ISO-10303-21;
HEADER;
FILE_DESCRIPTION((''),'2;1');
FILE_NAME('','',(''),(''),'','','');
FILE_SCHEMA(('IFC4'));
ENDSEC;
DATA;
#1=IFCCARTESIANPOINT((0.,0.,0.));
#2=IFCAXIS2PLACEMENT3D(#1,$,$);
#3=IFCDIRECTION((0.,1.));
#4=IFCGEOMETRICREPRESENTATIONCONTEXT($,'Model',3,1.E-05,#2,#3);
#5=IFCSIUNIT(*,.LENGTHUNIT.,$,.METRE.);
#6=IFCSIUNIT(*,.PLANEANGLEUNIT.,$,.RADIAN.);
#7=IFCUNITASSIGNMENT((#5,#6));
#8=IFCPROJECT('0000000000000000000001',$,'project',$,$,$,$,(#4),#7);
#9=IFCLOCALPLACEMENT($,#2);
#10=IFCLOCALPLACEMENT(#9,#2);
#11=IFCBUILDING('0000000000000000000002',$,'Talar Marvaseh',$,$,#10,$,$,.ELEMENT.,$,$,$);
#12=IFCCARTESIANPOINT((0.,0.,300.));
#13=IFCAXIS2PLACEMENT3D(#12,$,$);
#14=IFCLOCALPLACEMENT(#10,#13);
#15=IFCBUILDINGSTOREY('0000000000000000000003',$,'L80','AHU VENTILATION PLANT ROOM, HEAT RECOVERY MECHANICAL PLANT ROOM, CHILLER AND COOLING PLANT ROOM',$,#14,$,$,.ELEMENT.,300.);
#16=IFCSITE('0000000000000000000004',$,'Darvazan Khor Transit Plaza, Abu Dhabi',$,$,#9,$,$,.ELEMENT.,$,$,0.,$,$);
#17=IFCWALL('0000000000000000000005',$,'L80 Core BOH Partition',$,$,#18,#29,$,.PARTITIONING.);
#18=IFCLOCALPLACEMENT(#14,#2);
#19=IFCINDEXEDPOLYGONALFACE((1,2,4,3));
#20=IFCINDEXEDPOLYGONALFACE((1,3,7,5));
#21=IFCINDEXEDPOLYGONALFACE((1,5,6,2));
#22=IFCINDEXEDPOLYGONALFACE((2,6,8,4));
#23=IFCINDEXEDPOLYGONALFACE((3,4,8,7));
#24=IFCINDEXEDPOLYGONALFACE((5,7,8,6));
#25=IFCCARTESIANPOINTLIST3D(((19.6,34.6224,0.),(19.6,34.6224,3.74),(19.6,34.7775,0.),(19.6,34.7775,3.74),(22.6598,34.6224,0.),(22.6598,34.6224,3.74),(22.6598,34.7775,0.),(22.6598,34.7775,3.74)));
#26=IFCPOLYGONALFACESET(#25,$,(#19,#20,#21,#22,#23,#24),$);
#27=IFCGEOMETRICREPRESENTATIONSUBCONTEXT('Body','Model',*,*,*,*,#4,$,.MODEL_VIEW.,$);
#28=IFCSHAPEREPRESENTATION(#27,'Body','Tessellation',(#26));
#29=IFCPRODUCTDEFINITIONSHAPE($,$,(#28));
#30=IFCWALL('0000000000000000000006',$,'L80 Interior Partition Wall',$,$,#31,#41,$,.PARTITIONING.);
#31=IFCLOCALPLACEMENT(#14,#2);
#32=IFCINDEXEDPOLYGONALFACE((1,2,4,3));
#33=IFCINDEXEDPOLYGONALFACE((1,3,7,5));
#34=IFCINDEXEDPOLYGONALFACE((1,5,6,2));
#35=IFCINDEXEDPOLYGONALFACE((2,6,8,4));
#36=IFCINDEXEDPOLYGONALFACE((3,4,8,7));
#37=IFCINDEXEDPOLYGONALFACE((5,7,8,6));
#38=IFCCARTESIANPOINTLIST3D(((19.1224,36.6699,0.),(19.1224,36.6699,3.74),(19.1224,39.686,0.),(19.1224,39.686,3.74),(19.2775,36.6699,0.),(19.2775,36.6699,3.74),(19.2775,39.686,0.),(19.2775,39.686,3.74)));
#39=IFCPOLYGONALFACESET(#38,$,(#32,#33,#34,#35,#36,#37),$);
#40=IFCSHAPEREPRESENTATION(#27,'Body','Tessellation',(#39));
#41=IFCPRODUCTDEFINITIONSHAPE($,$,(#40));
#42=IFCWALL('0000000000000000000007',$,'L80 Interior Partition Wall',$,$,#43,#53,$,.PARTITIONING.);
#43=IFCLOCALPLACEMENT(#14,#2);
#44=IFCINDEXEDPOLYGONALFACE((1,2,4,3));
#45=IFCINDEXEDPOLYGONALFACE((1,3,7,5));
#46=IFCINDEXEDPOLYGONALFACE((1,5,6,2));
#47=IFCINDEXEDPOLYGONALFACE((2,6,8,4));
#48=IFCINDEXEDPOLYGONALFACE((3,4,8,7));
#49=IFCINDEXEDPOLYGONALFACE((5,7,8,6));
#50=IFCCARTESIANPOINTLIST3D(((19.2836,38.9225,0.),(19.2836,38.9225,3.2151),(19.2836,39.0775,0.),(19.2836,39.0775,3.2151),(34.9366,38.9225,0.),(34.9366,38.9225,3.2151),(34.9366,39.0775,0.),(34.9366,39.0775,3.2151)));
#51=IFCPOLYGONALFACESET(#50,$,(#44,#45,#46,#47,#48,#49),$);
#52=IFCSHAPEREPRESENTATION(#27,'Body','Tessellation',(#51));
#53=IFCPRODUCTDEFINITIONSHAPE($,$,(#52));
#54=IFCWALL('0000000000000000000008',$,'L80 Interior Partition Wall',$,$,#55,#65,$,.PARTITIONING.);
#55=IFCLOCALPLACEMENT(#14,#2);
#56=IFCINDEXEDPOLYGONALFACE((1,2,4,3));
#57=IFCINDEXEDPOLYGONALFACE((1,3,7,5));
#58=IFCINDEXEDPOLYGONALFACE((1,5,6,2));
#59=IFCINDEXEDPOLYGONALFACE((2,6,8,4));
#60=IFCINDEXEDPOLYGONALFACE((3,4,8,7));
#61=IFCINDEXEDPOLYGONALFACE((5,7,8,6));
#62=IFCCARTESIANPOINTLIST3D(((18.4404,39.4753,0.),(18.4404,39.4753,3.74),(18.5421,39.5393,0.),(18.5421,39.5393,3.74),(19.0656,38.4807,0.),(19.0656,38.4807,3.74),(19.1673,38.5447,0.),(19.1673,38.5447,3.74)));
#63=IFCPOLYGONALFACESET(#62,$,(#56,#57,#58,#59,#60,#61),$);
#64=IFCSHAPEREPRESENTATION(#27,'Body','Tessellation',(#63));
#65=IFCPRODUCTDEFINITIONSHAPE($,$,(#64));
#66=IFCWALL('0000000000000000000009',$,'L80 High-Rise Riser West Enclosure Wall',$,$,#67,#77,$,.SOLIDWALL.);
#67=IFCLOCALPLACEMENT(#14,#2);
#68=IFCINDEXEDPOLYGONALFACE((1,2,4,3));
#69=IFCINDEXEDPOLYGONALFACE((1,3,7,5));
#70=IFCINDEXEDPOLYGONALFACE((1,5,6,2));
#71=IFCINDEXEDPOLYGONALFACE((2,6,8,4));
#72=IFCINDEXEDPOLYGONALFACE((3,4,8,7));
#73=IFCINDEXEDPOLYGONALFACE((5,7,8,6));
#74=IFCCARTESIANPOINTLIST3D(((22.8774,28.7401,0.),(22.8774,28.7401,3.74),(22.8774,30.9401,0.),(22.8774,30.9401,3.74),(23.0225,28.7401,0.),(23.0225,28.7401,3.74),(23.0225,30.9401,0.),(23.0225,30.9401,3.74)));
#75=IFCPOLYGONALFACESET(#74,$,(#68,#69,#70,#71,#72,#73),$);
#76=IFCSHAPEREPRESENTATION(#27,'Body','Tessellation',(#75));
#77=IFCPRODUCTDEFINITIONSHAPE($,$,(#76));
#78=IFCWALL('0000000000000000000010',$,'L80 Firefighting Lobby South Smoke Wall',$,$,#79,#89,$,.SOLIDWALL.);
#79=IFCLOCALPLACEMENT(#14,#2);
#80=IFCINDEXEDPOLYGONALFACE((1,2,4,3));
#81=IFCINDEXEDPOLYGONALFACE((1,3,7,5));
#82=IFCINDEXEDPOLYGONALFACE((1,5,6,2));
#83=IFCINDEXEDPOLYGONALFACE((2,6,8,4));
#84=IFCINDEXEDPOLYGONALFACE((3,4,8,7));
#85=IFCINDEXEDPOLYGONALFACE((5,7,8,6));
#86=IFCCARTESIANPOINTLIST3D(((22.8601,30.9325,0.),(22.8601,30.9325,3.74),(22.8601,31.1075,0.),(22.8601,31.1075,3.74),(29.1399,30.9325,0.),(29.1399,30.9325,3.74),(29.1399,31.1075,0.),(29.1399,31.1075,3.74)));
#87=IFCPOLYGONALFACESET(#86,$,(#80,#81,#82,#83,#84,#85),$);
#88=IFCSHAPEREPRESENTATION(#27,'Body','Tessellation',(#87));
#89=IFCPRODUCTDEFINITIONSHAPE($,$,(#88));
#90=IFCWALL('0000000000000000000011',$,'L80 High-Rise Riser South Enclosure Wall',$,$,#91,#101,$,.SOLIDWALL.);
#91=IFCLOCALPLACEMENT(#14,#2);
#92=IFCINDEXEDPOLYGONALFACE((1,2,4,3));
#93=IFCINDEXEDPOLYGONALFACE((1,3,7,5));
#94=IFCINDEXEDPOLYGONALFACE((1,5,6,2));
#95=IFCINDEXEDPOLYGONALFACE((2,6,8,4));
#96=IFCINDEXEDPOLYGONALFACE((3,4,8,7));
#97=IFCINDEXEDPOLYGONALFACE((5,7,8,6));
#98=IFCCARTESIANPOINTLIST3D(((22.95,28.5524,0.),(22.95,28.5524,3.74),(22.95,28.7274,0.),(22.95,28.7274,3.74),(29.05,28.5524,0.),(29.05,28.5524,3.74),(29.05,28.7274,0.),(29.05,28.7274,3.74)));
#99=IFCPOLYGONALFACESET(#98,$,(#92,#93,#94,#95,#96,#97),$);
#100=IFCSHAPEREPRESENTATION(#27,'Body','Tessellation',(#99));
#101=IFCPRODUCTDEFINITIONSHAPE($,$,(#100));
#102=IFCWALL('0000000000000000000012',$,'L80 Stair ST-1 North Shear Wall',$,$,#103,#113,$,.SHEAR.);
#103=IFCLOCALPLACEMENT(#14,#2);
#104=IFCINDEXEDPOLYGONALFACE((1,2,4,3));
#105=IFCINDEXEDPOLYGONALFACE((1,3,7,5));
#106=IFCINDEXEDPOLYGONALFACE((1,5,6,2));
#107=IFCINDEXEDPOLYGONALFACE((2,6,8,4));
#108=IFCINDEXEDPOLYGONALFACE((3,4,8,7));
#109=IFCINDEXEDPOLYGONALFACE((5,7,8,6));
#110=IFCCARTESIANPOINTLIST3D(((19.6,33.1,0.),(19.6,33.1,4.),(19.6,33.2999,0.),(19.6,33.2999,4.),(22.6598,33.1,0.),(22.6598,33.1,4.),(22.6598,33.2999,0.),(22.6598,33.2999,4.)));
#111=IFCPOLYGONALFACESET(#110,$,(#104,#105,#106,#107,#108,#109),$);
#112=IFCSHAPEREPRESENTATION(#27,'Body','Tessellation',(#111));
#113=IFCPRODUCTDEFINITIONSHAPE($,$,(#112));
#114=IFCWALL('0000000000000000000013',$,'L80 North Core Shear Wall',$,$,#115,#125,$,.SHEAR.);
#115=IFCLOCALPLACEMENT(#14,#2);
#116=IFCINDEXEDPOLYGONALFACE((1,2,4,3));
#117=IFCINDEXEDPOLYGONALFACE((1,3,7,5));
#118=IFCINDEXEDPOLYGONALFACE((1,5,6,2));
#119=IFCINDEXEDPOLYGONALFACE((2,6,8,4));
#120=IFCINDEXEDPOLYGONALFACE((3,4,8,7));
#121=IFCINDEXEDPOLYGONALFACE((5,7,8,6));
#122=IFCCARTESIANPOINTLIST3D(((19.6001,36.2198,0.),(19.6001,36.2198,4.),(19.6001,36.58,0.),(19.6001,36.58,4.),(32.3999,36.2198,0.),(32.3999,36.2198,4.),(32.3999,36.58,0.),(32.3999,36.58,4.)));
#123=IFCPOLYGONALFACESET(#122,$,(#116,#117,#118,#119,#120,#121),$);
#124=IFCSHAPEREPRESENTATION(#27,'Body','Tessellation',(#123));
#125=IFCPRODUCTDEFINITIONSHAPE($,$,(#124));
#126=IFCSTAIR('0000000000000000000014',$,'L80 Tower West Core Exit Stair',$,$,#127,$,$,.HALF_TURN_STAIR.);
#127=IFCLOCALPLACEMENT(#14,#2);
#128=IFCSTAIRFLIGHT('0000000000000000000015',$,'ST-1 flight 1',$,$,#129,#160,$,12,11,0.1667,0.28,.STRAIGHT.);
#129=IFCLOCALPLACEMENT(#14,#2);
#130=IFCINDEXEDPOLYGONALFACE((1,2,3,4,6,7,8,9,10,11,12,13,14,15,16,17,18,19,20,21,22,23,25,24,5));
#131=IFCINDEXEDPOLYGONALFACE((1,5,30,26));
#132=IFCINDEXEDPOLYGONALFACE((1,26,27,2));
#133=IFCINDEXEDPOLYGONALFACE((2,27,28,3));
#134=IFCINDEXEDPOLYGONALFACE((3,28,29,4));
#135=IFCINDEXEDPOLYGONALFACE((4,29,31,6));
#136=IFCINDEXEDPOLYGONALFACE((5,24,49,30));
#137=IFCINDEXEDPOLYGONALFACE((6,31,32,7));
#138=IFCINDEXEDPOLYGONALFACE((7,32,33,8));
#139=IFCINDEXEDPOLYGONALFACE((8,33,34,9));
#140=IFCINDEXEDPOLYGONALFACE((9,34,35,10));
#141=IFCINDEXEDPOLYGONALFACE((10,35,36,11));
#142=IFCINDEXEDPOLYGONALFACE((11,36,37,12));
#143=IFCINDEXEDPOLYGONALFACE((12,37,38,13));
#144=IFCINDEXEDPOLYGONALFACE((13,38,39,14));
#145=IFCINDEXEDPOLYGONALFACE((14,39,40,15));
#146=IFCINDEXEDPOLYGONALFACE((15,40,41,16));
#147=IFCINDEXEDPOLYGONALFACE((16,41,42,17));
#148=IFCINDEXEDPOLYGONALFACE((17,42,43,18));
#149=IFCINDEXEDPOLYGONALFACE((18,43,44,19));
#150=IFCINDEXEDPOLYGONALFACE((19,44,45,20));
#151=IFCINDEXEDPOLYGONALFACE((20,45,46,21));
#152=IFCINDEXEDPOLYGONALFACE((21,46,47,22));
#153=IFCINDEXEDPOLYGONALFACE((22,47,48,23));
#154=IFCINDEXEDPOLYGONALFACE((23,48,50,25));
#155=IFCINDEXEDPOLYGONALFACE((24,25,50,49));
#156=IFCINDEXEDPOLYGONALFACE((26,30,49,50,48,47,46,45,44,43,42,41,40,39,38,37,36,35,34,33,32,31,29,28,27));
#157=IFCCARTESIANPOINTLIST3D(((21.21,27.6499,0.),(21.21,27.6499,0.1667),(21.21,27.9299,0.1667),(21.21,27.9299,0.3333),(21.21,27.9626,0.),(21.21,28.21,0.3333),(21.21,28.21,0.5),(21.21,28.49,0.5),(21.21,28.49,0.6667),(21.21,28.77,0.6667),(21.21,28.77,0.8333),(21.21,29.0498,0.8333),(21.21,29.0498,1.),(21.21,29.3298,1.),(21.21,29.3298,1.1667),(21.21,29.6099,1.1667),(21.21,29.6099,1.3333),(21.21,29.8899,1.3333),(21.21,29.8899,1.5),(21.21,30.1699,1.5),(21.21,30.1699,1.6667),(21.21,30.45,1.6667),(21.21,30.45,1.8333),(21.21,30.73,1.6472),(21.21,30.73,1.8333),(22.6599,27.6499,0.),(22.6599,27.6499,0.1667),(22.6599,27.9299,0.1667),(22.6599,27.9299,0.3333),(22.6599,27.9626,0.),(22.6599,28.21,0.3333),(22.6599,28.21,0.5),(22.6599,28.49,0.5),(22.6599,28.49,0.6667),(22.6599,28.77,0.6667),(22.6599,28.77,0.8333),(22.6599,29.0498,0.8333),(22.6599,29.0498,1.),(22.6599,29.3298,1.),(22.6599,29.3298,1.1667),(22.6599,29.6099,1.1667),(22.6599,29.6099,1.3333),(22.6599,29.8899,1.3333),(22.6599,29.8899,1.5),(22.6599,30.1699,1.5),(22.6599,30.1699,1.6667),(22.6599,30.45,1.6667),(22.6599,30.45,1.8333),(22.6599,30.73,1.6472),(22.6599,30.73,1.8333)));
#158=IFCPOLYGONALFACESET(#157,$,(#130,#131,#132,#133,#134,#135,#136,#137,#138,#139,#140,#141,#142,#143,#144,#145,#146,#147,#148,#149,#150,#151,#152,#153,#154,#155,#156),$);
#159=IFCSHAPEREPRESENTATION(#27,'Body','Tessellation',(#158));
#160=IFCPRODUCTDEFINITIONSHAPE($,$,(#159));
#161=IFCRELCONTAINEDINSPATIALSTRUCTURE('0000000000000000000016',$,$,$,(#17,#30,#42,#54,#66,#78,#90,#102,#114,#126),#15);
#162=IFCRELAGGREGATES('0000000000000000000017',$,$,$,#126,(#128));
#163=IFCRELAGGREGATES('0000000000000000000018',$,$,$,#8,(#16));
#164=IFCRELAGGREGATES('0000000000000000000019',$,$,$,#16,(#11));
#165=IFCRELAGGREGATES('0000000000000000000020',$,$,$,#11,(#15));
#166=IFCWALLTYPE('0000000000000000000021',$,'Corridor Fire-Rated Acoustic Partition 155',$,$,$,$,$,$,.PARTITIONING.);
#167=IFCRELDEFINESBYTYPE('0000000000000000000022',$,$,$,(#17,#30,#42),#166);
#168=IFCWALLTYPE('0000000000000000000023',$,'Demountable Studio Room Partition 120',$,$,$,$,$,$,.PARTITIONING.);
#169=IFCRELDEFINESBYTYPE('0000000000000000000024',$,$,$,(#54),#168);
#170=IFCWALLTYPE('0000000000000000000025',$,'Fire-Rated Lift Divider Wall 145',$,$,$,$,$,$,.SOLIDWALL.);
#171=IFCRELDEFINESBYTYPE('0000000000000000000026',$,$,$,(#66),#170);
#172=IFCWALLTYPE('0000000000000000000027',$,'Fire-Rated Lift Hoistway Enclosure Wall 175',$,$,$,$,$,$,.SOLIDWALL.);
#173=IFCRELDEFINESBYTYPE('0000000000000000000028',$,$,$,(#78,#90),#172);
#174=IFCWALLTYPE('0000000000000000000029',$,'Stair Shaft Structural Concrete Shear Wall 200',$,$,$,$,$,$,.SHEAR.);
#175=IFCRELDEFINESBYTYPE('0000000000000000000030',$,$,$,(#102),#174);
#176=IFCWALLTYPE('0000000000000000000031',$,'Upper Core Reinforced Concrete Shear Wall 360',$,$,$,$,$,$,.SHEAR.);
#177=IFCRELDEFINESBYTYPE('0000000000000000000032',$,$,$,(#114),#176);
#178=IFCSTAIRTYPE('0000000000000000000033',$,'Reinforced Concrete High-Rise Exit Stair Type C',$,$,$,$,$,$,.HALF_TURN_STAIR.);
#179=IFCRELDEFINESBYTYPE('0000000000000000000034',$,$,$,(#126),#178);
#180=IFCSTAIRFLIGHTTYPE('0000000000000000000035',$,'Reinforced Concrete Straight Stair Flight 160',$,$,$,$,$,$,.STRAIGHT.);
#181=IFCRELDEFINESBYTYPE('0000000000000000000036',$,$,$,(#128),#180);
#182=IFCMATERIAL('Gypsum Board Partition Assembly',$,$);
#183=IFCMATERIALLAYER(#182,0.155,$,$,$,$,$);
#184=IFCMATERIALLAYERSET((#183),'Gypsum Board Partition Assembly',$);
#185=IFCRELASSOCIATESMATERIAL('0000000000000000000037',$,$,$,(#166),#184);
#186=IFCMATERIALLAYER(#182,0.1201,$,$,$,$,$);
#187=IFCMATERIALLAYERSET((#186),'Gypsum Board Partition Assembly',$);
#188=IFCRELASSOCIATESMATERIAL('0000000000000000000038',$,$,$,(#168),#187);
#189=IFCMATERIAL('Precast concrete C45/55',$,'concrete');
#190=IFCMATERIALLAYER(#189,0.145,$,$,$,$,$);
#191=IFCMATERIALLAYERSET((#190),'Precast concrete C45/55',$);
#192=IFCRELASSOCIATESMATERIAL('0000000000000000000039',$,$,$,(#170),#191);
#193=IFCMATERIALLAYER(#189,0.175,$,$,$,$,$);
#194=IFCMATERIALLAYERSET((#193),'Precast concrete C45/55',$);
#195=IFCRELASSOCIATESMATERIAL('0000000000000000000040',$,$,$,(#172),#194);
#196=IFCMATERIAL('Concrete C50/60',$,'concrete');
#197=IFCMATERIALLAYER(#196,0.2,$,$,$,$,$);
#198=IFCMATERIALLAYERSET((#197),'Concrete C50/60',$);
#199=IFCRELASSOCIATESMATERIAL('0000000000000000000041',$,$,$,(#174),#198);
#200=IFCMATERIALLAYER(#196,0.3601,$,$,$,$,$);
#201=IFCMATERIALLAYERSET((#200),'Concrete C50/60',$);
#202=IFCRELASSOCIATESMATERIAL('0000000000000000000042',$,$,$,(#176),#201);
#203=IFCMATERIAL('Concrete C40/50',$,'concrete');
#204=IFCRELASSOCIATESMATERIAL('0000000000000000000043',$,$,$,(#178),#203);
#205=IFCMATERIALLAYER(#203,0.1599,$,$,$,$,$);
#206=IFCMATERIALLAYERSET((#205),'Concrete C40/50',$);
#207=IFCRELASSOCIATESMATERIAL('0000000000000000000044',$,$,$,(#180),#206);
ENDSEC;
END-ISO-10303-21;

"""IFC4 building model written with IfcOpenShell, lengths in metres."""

from ifc_helpers import new_model, si_unit, direction, frame, frame_2d, origin, place, context, subcontext, project, spatial, polyline, rectangle, outline, extrude, material, layer, layer_set, type_object, element, aggregate, save


model = new_model("IFC4")

# Units and contexts
model_context = context("Model", 3, precision=1e-05, world=origin(), true_north=direction((0.0, 1.0)))
body_context = subcontext(model_context, "Body", "Model", "MODEL_VIEW")
ifc_project = project(units=[si_unit("LENGTHUNIT", "METRE"), si_unit("PLANEANGLEUNIT", "RADIAN")], contexts=[model_context])

# Site, building, storey
site_placement = place(None, origin())
site = spatial("IfcSite", under=ifc_project, at=site_placement, Name="Darvazan Khor Transit Plaza, Abu Dhabi", CompositionType="ELEMENT", RefElevation=0.0)
building_placement = place(site_placement, origin())
building = spatial("IfcBuilding", under=site, at=building_placement, Name="Talar Marvaseh", CompositionType="ELEMENT")
storey_placement = place(building_placement, frame((0.0, 0.0, 300.0)))
storey = spatial("IfcBuildingStorey", under=building, at=storey_placement, Name="L80", Description="AHU VENTILATION PLANT ROOM, HEAT RECOVERY MECHANICAL PLANT ROOM, CHILLER AND COOLING PLANT ROOM", CompositionType="ELEMENT", Elevation=300.0)

# Shared definitions
ifc_material_1 = material(Name="Concrete C40/50", Category="concrete")

# Walls
ifc_material_2 = material(Name="Gypsum Board Partition Assembly")
ifc_layer_1 = layer(ifc_material_2, 0.155)
ifc_layer_set_1 = layer_set([ifc_layer_1], Name="Gypsum Board Partition Assembly")
wall_type_1 = type_object("IfcWallType", Name="Corridor Fire-Rated Acoustic Partition 155", PredefinedType="PARTITIONING", material=ifc_layer_set_1)
wall_1_placement = place(storey_placement, frame((19.6001, 34.7, 0.0), z_axis=(0.0, 0.0, 1.0), x_axis=(1.0, 0.0, 0.0)))
element("IfcWall", 1, at=wall_1_placement, inside=storey, type_object=wall_type_1, Name="L80 Core BOH Partition", PredefinedType="PARTITIONING", context=body_context, shape_type="SweptSolid", body=[
    extrude(rectangle(XDim=3.0598, YDim=0.155, at=frame_2d((1.5298, 0.0))), origin(), (0.0, 0.0, 1.0), 3.74),
])
wall_2_placement = place(storey_placement, frame((19.2, 36.6699, 0.0), z_axis=(0.0, 0.0, 1.0), x_axis=(0.0, 1.0, 0.0)))
element("IfcWall", 2, at=wall_2_placement, inside=storey, type_object=wall_type_1, Name="L80 Interior Partition Wall", PredefinedType="PARTITIONING", context=body_context, shape_type="SweptSolid", body=[
    extrude(rectangle(XDim=3.0161, YDim=0.155, at=frame_2d((1.5081, 0.0))), origin(), (0.0, 0.0, 1.0), 3.74),
])
wall_3_placement = place(storey_placement, frame((19.2834, 39.0, 0.0), z_axis=(0.0, 0.0, 1.0), x_axis=(1.0, 0.0, 0.0)))
element("IfcWall", 3, at=wall_3_placement, inside=storey, type_object=wall_type_1, Name="L80 Interior Partition Wall", PredefinedType="PARTITIONING", context=body_context, shape_type="SweptSolid", body=[
    extrude(rectangle(XDim=15.6531, YDim=0.155, at=frame_2d((7.8267, 0.0))), origin(), (0.0, 0.0, 1.0), 3.2151),
])
ifc_layer_2 = layer(ifc_material_2, 0.1201)
ifc_layer_set_2 = layer_set([ifc_layer_2], Name="Gypsum Board Partition Assembly")
wall_type_2 = type_object("IfcWallType", Name="Demountable Studio Room Partition 120", PredefinedType="PARTITIONING", material=ifc_layer_set_2)
wall_4_placement = place(storey_placement, frame((19.1165, 38.5127, 0.0), z_axis=(0.0, 0.0, 1.0), x_axis=(-0.532201, 0.846618, 0.0)))
element("IfcWall", 4, at=wall_4_placement, inside=storey, type_object=wall_type_2, Name="L80 Interior Partition Wall", PredefinedType="PARTITIONING", context=body_context, shape_type="SweptSolid", body=[
    extrude(rectangle(XDim=1.1748, YDim=0.1201, at=frame_2d((0.5874, 0.0))), origin(), (0.0, 0.0, 1.0), 3.74),
])
ifc_material_3 = material(Name="Precast concrete C45/55", Category="concrete")
ifc_layer_3 = layer(ifc_material_3, 0.145)
ifc_layer_set_3 = layer_set([ifc_layer_3], Name="Precast concrete C45/55")
wall_type_3 = type_object("IfcWallType", Name="Fire-Rated Lift Divider Wall 145", PredefinedType="SOLIDWALL", material=ifc_layer_set_3)
wall_5_placement = place(storey_placement, frame((22.95, 28.74, 0.0), z_axis=(0.0, 0.0, 1.0), x_axis=(0.0, 1.0, 0.0)))
element("IfcWall", 5, at=wall_5_placement, inside=storey, type_object=wall_type_3, Name="L80 High-Rise Riser West Enclosure Wall", PredefinedType="SOLIDWALL", context=body_context, shape_type="SweptSolid", body=[
    extrude(rectangle(XDim=2.2, YDim=0.145, at=frame_2d((1.1001, 0.0))), origin(), (0.0, 0.0, 1.0), 3.74),
])

# Shared definitions
ifc_layer_4 = layer(ifc_material_3, 0.175)
ifc_layer_set_4 = layer_set([ifc_layer_4], Name="Precast concrete C45/55")
wall_type_4 = type_object("IfcWallType", Name="Fire-Rated Lift Hoistway Enclosure Wall 175", PredefinedType="SOLIDWALL", material=ifc_layer_set_4)

# Walls
wall_6_placement = place(storey_placement, frame((22.8601, 31.02, 0.0), z_axis=(0.0, 0.0, 1.0), x_axis=(1.0, 0.0, 0.0)))
element("IfcWall", 6, at=wall_6_placement, inside=storey, type_object=wall_type_4, Name="L80 Firefighting Lobby South Smoke Wall", PredefinedType="SOLIDWALL", context=body_context, shape_type="SweptSolid", body=[
    extrude(rectangle(XDim=6.2798, YDim=0.175, at=frame_2d((3.1399, 0.0))), origin(), (0.0, 0.0, 1.0), 3.74),
])
wall_7_placement = place(storey_placement, frame((22.95, 28.6399, 0.0), z_axis=(0.0, 0.0, 1.0), x_axis=(1.0, 0.0, 0.0)))
element("IfcWall", 7, at=wall_7_placement, inside=storey, type_object=wall_type_4, Name="L80 High-Rise Riser South Enclosure Wall", PredefinedType="SOLIDWALL", context=body_context, shape_type="SweptSolid", body=[
    extrude(rectangle(XDim=6.1001, YDim=0.175, at=frame_2d((3.05, 0.0))), origin(), (0.0, 0.0, 1.0), 3.74),
])
ifc_material_4 = material(Name="Concrete C50/60", Category="concrete")
ifc_layer_5 = layer(ifc_material_4, 0.2)
ifc_layer_set_5 = layer_set([ifc_layer_5], Name="Concrete C50/60")
wall_type_5 = type_object("IfcWallType", Name="Stair Shaft Structural Concrete Shear Wall 200", PredefinedType="SHEAR", material=ifc_layer_set_5)
wall_8_placement = place(storey_placement, frame((19.6001, 33.2, 0.0), z_axis=(0.0, 0.0, 1.0), x_axis=(1.0, 0.0, 0.0)))
element("IfcWall", 8, at=wall_8_placement, inside=storey, type_object=wall_type_5, Name="L80 Stair ST-1 North Shear Wall", PredefinedType="SHEAR", context=body_context, shape_type="SweptSolid", body=[
    extrude(rectangle(XDim=3.0598, YDim=0.2, at=frame_2d((1.5298, 0.0))), origin(), (0.0, 0.0, 1.0), 4.0),
])
ifc_layer_6 = layer(ifc_material_4, 0.3601)
ifc_layer_set_6 = layer_set([ifc_layer_6], Name="Concrete C50/60")
wall_type_6 = type_object("IfcWallType", Name="Upper Core Reinforced Concrete Shear Wall 360", PredefinedType="SHEAR", material=ifc_layer_set_6)
wall_9_placement = place(storey_placement, frame((19.6001, 36.3999, 0.0), z_axis=(0.0, 0.0, 1.0), x_axis=(1.0, 0.0, 0.0)))
element("IfcWall", 9, at=wall_9_placement, inside=storey, type_object=wall_type_6, Name="L80 North Core Shear Wall", PredefinedType="SHEAR", context=body_context, shape_type="SweptSolid", body=[
    extrude(rectangle(XDim=12.7998, YDim=0.3601, at=frame_2d((6.3999, 0.0))), origin(), (0.0, 0.0, 1.0), 4.0),
])

# Stair, stair flight
stair_type = type_object("IfcStairType", Name="Reinforced Concrete High-Rise Exit Stair Type C", PredefinedType="HALF_TURN_STAIR", material=ifc_material_1)
stair_placement = place(storey_placement, origin())
stair = element("IfcStair", 10, at=stair_placement, inside=storey, type_object=stair_type, Name="L80 Tower West Core Exit Stair", PredefinedType="HALF_TURN_STAIR")
ifc_layer_7 = layer(ifc_material_1, 0.1599)
ifc_layer_set_7 = layer_set([ifc_layer_7], Name="Concrete C40/50")
stair_flight_type = type_object("IfcStairFlightType", Name="Reinforced Concrete Straight Stair Flight 160", PredefinedType="STRAIGHT", material=ifc_layer_set_7)
stair_flight_1_placement = place(storey_placement, frame((21.9351, 27.6499, 0.0), z_axis=(0.0, 0.0, 1.0), x_axis=(0.0, 1.0, 0.0)))
stair_flight_1 = element("IfcStairFlight", 11, at=stair_flight_1_placement, type_object=stair_flight_type, Name="ST-1 flight 1", NumberOfRisers=12, NumberOfTreads=11, PredefinedType="STRAIGHT", RiserHeight=0.1667, TreadLength=0.28, context=body_context, shape_type="SweptSolid", body=[
    extrude(outline(polyline([(0.0, 0.0), (0.0, 0.1667), (0.28, 0.1667), (0.28, 0.3333), (0.5601, 0.3333), (0.5601, 0.5), (0.8401, 0.5), (0.8401, 0.6667), (1.1201, 0.6667), (1.1201, 0.8333), (1.3999, 0.8333), (1.3999, 1.0), (1.6799, 1.0), (1.6799, 1.1667), (1.96, 1.1667), (1.96, 1.3333), (2.24, 1.3333), (2.24, 1.5), (2.52, 1.5), (2.52, 1.6667), (2.8, 1.6667), (2.8, 1.8333), (3.0801, 1.8333), (3.0801, 2.0), (3.0801, 1.6472), (0.3127, 0.0), (0.0, 0.0)])), frame((0.0, 0.7251, 0.0), z_axis=(0.0, -1.0, 0.0), x_axis=(1.0, 0.0, 0.0)), (0.0, 0.0, 1.0), 1.45),
])
aggregate(stair, [stair_flight_1])

save(model, "model.ifc")
